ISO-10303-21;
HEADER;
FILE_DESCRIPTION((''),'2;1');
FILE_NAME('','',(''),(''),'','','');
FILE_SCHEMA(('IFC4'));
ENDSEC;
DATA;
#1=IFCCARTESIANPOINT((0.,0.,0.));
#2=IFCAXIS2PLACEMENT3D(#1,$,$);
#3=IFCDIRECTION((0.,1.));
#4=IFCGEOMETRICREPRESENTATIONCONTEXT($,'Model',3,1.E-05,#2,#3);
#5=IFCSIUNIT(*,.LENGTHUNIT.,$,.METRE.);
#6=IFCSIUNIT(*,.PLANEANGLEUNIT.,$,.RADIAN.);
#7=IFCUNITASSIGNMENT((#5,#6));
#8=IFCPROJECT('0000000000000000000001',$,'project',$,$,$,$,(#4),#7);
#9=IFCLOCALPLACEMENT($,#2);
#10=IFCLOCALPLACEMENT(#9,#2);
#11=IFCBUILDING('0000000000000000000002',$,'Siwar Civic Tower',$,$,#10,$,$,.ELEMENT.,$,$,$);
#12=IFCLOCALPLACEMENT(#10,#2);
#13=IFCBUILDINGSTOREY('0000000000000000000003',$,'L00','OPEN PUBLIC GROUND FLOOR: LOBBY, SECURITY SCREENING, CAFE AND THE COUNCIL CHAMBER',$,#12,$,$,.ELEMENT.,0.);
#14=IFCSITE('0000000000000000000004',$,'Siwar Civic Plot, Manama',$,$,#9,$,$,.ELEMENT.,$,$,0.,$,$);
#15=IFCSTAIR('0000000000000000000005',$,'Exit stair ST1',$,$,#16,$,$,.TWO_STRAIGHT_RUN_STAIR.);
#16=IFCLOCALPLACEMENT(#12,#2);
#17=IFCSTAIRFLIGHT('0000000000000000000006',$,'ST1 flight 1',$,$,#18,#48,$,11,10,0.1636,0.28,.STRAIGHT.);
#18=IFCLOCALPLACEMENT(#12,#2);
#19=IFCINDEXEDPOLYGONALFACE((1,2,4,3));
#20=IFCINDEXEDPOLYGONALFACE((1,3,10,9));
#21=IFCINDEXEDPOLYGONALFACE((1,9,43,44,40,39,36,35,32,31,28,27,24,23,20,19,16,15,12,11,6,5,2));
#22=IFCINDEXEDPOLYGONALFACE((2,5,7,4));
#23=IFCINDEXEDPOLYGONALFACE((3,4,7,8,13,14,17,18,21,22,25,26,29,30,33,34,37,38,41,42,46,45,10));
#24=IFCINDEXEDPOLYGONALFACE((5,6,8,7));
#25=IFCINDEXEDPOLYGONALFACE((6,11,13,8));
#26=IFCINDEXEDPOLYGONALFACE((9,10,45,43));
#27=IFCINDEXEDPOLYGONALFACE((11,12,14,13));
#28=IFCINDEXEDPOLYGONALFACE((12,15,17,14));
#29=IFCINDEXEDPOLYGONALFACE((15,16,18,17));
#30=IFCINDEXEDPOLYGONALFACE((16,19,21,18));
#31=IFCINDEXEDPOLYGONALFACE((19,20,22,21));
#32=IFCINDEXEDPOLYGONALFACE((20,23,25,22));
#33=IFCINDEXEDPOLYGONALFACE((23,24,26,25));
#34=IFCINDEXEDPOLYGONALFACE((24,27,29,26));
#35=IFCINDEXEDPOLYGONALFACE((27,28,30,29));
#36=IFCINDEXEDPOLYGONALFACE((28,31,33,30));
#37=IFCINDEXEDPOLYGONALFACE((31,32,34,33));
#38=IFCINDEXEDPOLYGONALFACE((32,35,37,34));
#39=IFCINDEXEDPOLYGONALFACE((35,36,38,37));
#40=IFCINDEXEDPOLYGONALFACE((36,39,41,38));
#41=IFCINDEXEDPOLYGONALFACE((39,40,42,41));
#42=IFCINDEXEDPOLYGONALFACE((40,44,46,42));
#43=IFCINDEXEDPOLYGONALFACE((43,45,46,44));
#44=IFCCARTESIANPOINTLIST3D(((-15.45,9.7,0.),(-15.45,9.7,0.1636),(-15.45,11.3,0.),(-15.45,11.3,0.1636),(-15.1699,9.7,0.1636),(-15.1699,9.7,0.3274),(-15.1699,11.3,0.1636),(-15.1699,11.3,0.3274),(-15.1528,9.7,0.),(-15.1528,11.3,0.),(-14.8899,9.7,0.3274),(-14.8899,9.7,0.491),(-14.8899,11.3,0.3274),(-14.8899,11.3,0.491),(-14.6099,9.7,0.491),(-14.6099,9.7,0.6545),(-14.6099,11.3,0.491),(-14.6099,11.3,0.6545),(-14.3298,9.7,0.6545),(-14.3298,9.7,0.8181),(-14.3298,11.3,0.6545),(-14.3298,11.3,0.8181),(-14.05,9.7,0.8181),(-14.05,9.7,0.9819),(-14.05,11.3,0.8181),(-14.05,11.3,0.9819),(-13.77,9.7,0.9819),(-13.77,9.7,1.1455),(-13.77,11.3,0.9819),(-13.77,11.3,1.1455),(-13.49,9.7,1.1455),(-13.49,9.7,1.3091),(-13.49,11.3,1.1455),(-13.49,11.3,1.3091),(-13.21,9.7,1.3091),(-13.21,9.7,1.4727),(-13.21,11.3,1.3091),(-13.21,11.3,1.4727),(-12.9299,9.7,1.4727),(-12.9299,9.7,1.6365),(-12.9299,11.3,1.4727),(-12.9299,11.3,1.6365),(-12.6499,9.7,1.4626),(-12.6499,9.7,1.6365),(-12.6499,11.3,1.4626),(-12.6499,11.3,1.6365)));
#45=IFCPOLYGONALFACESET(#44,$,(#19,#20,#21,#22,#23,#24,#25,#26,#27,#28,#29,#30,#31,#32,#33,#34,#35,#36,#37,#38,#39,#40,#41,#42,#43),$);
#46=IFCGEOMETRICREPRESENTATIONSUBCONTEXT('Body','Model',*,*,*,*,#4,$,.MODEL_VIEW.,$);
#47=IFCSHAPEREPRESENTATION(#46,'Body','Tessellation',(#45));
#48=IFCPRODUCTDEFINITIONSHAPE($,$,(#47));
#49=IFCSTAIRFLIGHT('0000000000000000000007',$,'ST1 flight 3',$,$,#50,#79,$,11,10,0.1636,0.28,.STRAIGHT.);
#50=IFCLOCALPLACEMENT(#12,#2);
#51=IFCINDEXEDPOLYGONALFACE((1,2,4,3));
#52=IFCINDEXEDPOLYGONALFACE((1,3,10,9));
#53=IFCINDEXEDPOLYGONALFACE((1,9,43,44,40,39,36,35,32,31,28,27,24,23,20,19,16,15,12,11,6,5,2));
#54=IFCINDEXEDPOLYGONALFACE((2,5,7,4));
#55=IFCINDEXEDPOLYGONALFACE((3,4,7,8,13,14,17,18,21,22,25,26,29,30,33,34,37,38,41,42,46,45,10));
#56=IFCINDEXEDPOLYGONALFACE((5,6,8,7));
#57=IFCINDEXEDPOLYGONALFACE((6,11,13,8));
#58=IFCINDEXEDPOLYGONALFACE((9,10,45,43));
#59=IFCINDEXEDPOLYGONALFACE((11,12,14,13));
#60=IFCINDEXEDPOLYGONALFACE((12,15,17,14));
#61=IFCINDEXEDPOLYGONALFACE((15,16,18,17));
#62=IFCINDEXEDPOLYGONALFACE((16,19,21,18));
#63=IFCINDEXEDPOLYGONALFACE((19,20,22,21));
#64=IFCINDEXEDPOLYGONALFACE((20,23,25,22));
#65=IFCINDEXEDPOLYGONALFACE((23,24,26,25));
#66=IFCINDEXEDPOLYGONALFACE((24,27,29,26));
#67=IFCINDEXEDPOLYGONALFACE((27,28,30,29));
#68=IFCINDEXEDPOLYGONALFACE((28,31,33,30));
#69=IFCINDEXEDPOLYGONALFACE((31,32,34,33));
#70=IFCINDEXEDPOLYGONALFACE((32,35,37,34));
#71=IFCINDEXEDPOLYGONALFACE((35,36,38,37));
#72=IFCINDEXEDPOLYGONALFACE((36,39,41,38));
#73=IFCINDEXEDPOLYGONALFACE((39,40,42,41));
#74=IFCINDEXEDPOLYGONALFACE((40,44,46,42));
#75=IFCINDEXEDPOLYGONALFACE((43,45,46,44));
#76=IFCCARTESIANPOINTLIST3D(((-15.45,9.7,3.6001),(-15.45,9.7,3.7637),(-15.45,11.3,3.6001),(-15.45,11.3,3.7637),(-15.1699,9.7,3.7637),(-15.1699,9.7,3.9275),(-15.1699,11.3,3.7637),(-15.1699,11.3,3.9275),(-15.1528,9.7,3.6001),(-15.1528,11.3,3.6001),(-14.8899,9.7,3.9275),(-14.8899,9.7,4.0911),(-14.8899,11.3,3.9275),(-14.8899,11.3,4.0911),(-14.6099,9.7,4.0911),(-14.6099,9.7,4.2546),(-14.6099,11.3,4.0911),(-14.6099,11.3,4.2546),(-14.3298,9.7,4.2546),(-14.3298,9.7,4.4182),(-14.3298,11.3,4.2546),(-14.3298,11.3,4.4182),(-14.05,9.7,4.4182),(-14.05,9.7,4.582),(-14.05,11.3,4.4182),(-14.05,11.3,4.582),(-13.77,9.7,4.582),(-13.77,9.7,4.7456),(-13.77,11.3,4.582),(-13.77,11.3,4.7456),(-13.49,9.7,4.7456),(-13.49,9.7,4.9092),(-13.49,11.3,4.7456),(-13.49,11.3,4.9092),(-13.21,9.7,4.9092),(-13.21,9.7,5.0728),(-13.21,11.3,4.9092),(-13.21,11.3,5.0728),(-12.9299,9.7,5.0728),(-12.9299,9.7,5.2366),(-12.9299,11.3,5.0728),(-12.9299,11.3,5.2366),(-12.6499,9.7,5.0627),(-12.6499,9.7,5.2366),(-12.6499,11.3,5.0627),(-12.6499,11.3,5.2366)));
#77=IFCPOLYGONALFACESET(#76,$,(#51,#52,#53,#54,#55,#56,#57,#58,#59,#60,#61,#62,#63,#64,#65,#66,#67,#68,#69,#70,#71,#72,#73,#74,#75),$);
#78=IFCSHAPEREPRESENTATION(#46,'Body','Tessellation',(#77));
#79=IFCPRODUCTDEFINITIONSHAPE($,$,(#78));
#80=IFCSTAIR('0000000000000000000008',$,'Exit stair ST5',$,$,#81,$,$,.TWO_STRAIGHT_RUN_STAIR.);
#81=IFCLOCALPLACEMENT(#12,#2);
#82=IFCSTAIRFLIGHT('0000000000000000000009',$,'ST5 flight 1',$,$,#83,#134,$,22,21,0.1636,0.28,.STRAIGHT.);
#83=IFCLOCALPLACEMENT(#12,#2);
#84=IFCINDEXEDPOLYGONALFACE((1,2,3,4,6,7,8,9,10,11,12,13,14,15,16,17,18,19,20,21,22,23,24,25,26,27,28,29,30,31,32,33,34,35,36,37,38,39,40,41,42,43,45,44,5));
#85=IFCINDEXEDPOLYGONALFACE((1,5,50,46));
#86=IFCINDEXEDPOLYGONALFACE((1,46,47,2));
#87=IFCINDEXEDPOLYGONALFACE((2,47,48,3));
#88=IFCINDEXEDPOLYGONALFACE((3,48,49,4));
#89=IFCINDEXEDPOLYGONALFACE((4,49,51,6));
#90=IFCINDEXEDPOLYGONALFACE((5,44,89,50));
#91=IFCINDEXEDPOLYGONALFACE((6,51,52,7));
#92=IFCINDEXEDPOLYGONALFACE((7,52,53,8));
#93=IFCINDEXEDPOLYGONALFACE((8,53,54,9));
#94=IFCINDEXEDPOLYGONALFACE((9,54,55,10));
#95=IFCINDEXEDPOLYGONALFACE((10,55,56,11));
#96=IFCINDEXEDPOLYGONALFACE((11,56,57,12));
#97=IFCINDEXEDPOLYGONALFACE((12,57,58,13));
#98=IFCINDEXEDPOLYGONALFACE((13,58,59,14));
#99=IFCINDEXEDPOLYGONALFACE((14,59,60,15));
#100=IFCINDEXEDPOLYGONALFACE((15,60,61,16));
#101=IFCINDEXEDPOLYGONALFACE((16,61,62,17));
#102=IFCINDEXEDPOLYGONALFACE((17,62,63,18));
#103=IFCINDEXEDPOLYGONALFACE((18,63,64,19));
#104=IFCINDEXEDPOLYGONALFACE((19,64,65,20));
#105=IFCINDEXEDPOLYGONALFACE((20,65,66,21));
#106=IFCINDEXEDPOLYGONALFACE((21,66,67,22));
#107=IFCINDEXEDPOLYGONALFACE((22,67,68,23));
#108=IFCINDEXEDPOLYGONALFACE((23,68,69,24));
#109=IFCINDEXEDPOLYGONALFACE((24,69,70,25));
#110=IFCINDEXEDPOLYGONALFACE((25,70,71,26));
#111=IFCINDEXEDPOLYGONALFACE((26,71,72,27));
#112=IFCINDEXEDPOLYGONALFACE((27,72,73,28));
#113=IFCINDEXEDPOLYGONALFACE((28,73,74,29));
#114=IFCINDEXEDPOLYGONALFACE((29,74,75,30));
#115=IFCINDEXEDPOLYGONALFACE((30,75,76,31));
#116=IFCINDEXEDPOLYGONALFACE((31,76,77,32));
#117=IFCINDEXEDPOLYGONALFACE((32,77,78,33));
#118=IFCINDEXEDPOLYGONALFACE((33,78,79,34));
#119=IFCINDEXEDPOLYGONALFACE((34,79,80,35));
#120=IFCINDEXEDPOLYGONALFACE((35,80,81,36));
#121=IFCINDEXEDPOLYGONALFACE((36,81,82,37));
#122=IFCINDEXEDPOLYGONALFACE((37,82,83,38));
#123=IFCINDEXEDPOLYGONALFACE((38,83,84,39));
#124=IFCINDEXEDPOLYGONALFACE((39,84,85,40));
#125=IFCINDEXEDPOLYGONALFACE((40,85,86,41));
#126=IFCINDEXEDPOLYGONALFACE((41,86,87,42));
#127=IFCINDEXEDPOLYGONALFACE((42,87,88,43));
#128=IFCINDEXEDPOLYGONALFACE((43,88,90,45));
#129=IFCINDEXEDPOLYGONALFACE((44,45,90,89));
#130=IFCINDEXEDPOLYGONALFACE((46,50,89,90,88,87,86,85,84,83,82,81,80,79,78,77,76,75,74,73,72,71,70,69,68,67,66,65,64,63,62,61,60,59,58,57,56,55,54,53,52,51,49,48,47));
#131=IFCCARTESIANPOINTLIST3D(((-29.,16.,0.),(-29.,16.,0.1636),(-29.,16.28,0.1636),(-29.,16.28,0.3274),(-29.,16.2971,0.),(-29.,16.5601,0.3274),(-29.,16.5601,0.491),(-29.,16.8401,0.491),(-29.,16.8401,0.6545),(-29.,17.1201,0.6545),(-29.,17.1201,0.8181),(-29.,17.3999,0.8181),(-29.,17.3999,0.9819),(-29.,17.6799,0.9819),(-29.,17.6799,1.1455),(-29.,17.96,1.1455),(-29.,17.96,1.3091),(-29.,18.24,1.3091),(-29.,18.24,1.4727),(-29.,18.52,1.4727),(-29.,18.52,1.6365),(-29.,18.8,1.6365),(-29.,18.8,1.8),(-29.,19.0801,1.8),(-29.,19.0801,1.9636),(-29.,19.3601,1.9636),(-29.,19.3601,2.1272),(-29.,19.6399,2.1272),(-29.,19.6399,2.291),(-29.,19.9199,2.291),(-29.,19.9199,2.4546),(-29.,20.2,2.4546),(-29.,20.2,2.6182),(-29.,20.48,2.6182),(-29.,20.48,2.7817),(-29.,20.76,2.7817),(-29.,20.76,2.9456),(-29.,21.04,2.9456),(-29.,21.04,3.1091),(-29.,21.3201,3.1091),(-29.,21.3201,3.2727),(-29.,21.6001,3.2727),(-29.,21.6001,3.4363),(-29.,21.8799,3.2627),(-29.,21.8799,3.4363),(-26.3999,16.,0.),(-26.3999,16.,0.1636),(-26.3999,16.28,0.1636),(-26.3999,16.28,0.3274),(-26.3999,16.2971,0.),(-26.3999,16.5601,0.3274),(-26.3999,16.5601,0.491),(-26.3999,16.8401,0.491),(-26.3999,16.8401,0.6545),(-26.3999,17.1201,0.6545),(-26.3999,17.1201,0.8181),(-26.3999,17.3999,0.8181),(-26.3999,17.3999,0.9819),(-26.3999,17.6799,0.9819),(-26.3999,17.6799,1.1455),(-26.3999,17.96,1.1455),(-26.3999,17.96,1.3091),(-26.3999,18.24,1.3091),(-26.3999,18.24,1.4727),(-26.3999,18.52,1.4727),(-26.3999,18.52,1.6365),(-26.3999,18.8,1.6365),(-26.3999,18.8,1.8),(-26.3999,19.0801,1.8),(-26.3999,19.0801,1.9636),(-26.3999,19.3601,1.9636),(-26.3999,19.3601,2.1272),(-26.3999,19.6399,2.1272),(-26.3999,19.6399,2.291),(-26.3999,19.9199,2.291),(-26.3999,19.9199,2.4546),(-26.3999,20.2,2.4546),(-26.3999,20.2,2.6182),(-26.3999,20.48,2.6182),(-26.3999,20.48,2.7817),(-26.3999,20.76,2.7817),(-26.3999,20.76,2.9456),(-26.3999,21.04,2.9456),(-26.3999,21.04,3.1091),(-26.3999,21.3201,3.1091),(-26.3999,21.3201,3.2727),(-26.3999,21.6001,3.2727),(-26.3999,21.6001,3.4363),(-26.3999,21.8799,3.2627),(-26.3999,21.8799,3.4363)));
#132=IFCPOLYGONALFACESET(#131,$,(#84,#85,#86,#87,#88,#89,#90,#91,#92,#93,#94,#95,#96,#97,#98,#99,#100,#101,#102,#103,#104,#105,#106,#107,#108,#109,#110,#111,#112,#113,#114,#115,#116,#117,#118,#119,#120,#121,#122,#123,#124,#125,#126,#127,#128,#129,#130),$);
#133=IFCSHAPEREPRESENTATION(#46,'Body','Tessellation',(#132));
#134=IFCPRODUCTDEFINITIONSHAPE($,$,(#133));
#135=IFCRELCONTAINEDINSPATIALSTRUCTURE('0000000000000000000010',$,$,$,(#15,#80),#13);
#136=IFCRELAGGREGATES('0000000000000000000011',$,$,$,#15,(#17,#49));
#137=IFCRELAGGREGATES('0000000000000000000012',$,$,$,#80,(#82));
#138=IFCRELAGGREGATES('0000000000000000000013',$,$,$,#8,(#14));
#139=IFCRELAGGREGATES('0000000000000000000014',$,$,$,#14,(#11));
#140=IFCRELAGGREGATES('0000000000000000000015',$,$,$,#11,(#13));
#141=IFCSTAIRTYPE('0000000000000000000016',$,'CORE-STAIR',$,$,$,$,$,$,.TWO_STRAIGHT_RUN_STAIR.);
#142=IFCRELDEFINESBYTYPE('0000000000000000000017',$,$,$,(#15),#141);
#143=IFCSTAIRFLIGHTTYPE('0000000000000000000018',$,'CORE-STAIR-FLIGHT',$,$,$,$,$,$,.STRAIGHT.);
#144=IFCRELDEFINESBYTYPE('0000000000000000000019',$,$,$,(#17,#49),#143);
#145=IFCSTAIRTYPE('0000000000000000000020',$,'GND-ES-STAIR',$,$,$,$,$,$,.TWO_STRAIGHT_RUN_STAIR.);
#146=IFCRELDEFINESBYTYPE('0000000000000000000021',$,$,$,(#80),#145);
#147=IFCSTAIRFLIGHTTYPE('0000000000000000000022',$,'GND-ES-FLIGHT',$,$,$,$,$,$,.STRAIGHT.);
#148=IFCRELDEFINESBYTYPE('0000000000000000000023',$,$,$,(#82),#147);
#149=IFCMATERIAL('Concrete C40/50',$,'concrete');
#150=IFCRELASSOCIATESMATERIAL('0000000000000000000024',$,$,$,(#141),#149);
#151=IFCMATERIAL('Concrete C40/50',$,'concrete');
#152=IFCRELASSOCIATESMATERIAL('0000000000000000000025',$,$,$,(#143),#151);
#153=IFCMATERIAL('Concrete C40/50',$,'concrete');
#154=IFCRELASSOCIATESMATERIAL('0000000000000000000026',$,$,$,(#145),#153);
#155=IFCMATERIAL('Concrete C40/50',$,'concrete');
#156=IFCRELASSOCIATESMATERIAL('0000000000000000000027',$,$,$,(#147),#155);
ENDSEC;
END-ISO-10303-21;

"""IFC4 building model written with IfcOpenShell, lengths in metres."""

from ifc_helpers import new_model, si_unit, direction, frame, origin, place, context, subcontext, project, spatial, polyline, outline, extrude, material, type_object, element, aggregate, save


model = new_model("IFC4")

# Units and contexts
model_context = context("Model", 3, precision=1e-05, world=origin(), true_north=direction((0.0, 1.0)))
body_context = subcontext(model_context, "Body", "Model", "MODEL_VIEW")
ifc_project = project(units=[si_unit("LENGTHUNIT", "METRE"), si_unit("PLANEANGLEUNIT", "RADIAN")], contexts=[model_context])

# Site, building, storey
site_placement = place(None, origin())
site = spatial("IfcSite", under=ifc_project, at=site_placement, Name="Siwar Civic Plot, Manama", CompositionType="ELEMENT", RefElevation=0.0)
building_placement = place(site_placement, origin())
building = spatial("IfcBuilding", under=site, at=building_placement, Name="Siwar Civic Tower", CompositionType="ELEMENT")
storey_placement = place(building_placement, origin())
storey = spatial("IfcBuildingStorey", under=building, at=storey_placement, Name="L00", Description="OPEN PUBLIC GROUND FLOOR: LOBBY, SECURITY SCREENING, CAFE AND THE COUNCIL CHAMBER", CompositionType="ELEMENT", Elevation=0.0)

# Stair, stair flights
ifc_material_1 = material(Name="Concrete C40/50", Category="concrete")
stair_type_1 = type_object("IfcStairType", Name="CORE-STAIR", PredefinedType="TWO_STRAIGHT_RUN_STAIR", material=ifc_material_1)
stair_1_placement = place(storey_placement, origin())
stair_1 = element("IfcStair", 1, at=stair_1_placement, inside=storey, type_object=stair_type_1, Name="Exit stair ST1", PredefinedType="TWO_STRAIGHT_RUN_STAIR")
ifc_material_2 = material(Name="Concrete C40/50", Category="concrete")
stair_flight_type_1 = type_object("IfcStairFlightType", Name="CORE-STAIR-FLIGHT", PredefinedType="STRAIGHT", material=ifc_material_2)
stair_flight_1_placement = place(storey_placement, frame((-15.45, 10.5, 0.0), z_axis=(0.0, 0.0, 1.0), x_axis=(1.0, 0.0, 0.0)))
stair_flight_1 = element("IfcStairFlight", 2, at=stair_flight_1_placement, type_object=stair_flight_type_1, Name="ST1 flight 1", NumberOfRisers=11, NumberOfTreads=10, PredefinedType="STRAIGHT", RiserHeight=0.1636, TreadLength=0.28, context=body_context, shape_type="SweptSolid", body=[
    extrude(outline(polyline([(0.0, 0.0), (0.0, 0.1636), (0.28, 0.1636), (0.28, 0.3274), (0.5601, 0.3274), (0.5601, 0.491), (0.8401, 0.491), (0.8401, 0.6545), (1.1201, 0.6545), (1.1201, 0.8181), (1.3999, 0.8181), (1.3999, 0.9819), (1.6799, 0.9819), (1.6799, 1.1455), (1.96, 1.1455), (1.96, 1.3091), (2.24, 1.3091), (2.24, 1.4727), (2.52, 1.4727), (2.52, 1.6365), (2.8, 1.6365), (2.8, 1.8), (2.8, 1.4626), (0.2971, 0.0), (0.0, 0.0)])), frame((0.0, 0.8, 0.0), z_axis=(0.0, -1.0, 0.0), x_axis=(1.0, 0.0, 0.0)), (0.0, 0.0, 1.0), 1.6001),
])
stair_flight_2_placement = place(storey_placement, frame((-15.45, 10.5, 3.6001), z_axis=(0.0, 0.0, 1.0), x_axis=(1.0, 0.0, 0.0)))
stair_flight_2 = element("IfcStairFlight", 3, at=stair_flight_2_placement, type_object=stair_flight_type_1, Name="ST1 flight 3", NumberOfRisers=11, NumberOfTreads=10, PredefinedType="STRAIGHT", RiserHeight=0.1636, TreadLength=0.28, context=body_context, shape_type="SweptSolid", body=[
    extrude(outline(polyline([(0.0, 0.0), (0.0, 0.1636), (0.28, 0.1636), (0.28, 0.3274), (0.5601, 0.3274), (0.5601, 0.491), (0.8401, 0.491), (0.8401, 0.6545), (1.1201, 0.6545), (1.1201, 0.8181), (1.3999, 0.8181), (1.3999, 0.9819), (1.6799, 0.9819), (1.6799, 1.1455), (1.96, 1.1455), (1.96, 1.3091), (2.24, 1.3091), (2.24, 1.4727), (2.52, 1.4727), (2.52, 1.6365), (2.8, 1.6365), (2.8, 1.8), (2.8, 1.4626), (0.2971, 0.0), (0.0, 0.0)])), frame((0.0, 0.8, 0.0), z_axis=(0.0, -1.0, 0.0), x_axis=(1.0, 0.0, 0.0)), (0.0, 0.0, 1.0), 1.6001),
])
aggregate(stair_1, [stair_flight_1, stair_flight_2])

# Stair, stair flight
ifc_material_3 = material(Name="Concrete C40/50", Category="concrete")
stair_type_2 = type_object("IfcStairType", Name="GND-ES-STAIR", PredefinedType="TWO_STRAIGHT_RUN_STAIR", material=ifc_material_3)
stair_2_placement = place(storey_placement, origin())
stair_2 = element("IfcStair", 4, at=stair_2_placement, inside=storey, type_object=stair_type_2, Name="Exit stair ST5", PredefinedType="TWO_STRAIGHT_RUN_STAIR")
ifc_material_4 = material(Name="Concrete C40/50", Category="concrete")
stair_flight_type_2 = type_object("IfcStairFlightType", Name="GND-ES-FLIGHT", PredefinedType="STRAIGHT", material=ifc_material_4)
stair_flight_3_placement = place(storey_placement, frame((-27.7, 16.0, 0.0), z_axis=(0.0, 0.0, 1.0), x_axis=(0.0, 1.0, 0.0)))
stair_flight_3 = element("IfcStairFlight", 5, at=stair_flight_3_placement, type_object=stair_flight_type_2, Name="ST5 flight 1", NumberOfRisers=22, NumberOfTreads=21, PredefinedType="STRAIGHT", RiserHeight=0.1636, TreadLength=0.28, context=body_context, shape_type="SweptSolid", body=[
    extrude(outline(polyline([(0.0, 0.0), (0.0, 0.1636), (0.28, 0.1636), (0.28, 0.3274), (0.5601, 0.3274), (0.5601, 0.491), (0.8401, 0.491), (0.8401, 0.6545), (1.1201, 0.6545), (1.1201, 0.8181), (1.3999, 0.8181), (1.3999, 0.9819), (1.6799, 0.9819), (1.6799, 1.1455), (1.96, 1.1455), (1.96, 1.3091), (2.24, 1.3091), (2.24, 1.4727), (2.52, 1.4727), (2.52, 1.6365), (2.8, 1.6365), (2.8, 1.8), (3.0801, 1.8), (3.0801, 1.9636), (3.3601, 1.9636), (3.3601, 2.1272), (3.6399, 2.1272), (3.6399, 2.291), (3.9199, 2.291), (3.9199, 2.4546), (4.2, 2.4546), (4.2, 2.6182), (4.48, 2.6182), (4.48, 2.7817), (4.76, 2.7817), (4.76, 2.9456), (5.04, 2.9456), (5.04, 3.1091), (5.3201, 3.1091), (5.3201, 3.2727), (5.6001, 3.2727), (5.6001, 3.4363), (5.8799, 3.4363), (5.8799, 3.6001), (5.8799, 3.2627), (0.2971, 0.0), (0.0, 0.0)])), frame((0.0, 1.3, 0.0), z_axis=(0.0, -1.0, 0.0), x_axis=(1.0, 0.0, 0.0)), (0.0, 0.0, 1.0), 2.6001),
])
aggregate(stair_2, [stair_flight_3])

save(model, "model.ifc")
